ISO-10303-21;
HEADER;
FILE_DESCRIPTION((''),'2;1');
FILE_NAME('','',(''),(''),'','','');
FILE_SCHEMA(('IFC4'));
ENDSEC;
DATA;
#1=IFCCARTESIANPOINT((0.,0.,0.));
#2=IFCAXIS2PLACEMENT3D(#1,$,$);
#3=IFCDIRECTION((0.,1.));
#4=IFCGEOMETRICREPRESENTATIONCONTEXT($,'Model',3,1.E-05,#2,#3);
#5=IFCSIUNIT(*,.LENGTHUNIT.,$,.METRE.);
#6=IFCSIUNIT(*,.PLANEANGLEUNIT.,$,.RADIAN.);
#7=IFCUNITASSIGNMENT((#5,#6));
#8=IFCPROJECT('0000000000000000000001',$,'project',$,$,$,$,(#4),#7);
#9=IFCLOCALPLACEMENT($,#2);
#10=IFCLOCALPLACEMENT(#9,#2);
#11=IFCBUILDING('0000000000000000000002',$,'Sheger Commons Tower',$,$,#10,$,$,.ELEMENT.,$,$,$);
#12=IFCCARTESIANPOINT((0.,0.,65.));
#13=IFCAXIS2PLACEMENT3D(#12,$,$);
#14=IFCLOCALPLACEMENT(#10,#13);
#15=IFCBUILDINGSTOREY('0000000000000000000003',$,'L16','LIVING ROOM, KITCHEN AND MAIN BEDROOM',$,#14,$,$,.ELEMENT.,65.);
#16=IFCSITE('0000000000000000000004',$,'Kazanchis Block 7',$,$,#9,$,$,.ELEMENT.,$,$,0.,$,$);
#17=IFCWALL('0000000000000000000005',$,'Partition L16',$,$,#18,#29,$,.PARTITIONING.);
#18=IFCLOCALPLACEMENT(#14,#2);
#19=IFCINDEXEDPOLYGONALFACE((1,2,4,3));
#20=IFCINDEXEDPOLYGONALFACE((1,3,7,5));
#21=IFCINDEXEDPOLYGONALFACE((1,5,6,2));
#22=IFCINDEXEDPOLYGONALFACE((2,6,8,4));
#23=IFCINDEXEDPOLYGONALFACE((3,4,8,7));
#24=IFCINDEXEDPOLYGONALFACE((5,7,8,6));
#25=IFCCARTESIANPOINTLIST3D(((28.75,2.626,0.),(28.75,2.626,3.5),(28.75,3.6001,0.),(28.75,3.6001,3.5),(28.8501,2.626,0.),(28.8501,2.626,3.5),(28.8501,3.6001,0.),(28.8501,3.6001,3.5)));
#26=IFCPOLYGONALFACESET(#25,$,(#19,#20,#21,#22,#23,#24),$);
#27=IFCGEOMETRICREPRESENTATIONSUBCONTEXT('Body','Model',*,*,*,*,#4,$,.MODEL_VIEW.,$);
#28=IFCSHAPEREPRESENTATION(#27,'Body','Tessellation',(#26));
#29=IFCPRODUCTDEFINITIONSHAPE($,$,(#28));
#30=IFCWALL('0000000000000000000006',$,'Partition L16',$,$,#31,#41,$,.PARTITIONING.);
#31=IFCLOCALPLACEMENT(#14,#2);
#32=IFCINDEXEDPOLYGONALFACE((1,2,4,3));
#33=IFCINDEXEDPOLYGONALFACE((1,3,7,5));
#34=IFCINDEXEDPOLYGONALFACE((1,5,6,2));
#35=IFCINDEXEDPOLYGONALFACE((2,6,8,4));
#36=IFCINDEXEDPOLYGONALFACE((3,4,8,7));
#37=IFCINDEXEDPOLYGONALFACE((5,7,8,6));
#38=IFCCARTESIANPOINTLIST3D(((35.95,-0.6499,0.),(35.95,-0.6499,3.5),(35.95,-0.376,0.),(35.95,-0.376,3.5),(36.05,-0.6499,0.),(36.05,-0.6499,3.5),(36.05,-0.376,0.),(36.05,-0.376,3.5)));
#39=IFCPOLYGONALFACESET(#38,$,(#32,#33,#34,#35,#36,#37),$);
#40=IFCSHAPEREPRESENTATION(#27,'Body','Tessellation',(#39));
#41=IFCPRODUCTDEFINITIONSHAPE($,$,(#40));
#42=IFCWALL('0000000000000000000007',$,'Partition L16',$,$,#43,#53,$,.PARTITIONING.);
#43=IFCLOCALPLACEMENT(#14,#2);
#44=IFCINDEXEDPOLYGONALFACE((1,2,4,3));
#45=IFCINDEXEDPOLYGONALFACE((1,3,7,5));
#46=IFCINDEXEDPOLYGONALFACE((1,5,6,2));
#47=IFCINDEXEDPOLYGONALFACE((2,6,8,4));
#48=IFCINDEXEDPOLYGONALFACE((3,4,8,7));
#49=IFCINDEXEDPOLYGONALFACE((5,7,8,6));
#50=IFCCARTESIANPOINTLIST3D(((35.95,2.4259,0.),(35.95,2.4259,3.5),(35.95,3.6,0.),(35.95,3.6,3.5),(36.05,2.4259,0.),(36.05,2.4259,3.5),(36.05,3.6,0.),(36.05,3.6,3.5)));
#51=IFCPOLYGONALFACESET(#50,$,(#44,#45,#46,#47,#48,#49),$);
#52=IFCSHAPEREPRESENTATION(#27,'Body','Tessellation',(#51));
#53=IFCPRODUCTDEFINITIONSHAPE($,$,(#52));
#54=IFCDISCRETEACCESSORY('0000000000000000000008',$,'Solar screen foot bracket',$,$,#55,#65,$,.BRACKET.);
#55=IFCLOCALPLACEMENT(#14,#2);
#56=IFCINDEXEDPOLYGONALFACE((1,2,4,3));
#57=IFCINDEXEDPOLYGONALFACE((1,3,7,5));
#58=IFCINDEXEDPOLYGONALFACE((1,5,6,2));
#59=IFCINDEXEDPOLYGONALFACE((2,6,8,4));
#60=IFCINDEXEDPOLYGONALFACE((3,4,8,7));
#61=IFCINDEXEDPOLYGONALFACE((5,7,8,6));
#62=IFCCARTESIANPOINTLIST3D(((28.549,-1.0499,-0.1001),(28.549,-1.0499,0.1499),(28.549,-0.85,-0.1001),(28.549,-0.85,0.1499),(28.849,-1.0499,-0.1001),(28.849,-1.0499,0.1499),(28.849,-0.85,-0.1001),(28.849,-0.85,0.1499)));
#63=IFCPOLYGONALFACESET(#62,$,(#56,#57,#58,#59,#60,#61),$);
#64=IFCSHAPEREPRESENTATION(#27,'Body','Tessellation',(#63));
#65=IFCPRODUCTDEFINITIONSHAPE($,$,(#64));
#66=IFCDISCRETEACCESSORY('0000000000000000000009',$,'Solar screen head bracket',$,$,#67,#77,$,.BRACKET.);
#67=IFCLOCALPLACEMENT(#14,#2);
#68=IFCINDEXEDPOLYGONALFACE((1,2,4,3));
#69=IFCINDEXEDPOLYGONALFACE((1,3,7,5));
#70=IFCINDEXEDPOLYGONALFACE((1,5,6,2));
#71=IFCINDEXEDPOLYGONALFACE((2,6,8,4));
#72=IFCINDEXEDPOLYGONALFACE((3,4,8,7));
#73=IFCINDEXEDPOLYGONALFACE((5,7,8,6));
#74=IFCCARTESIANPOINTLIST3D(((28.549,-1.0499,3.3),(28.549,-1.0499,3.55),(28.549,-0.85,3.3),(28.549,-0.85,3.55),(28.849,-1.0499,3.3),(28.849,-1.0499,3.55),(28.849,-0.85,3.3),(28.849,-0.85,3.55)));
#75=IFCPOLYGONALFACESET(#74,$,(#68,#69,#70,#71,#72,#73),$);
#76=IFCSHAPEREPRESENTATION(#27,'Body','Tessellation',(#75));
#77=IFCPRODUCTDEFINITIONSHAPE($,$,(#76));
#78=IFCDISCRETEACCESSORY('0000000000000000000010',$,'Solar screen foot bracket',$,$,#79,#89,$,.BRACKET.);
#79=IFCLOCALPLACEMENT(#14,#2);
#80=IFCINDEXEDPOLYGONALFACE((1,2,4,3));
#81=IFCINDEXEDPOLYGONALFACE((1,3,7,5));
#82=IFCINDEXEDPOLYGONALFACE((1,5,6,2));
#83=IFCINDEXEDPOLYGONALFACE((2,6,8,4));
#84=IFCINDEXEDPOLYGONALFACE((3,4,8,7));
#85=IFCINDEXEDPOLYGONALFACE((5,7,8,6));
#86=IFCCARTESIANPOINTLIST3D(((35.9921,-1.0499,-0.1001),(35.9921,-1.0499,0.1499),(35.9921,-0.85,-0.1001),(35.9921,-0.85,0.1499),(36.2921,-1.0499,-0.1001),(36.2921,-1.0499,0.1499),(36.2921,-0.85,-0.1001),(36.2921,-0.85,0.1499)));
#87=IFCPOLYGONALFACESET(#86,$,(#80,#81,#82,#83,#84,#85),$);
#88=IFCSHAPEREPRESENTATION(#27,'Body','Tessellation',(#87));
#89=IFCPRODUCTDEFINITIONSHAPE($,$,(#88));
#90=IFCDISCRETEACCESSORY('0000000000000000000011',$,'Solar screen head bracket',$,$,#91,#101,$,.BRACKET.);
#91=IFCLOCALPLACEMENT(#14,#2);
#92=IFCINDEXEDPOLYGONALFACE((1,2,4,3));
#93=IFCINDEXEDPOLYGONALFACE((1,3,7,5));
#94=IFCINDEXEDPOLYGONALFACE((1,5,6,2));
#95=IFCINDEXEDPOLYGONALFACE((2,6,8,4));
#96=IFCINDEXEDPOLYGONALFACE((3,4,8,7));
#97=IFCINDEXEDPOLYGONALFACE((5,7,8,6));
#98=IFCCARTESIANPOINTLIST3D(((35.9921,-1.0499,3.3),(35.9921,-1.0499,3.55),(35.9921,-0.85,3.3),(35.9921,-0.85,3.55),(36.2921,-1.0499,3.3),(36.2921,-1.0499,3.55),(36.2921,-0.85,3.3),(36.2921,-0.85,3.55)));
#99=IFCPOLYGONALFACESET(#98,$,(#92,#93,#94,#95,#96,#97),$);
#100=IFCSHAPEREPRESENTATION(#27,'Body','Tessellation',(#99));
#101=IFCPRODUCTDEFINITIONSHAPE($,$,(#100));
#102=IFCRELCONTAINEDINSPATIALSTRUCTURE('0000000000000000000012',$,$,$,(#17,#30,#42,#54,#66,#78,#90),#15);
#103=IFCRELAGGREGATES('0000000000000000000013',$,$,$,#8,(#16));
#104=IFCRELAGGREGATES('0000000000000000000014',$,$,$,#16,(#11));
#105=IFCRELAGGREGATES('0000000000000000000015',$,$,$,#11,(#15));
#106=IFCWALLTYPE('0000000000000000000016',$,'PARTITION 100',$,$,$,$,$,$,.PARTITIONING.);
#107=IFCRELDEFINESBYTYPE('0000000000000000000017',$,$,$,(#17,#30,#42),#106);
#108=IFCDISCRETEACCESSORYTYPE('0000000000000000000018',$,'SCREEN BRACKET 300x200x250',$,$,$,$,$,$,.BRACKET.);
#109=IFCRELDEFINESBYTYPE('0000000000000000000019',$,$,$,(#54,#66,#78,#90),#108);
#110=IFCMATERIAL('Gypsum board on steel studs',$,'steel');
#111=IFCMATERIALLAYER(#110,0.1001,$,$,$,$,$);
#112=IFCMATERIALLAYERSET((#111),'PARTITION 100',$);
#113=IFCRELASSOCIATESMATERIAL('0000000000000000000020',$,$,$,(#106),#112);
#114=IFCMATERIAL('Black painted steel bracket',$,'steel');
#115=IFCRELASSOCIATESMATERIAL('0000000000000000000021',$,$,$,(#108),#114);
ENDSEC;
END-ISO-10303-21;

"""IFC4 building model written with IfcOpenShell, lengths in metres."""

from ifc_helpers import new_model, si_unit, direction, frame, frame_2d, origin, origin_2d, place, context, subcontext, project, spatial, rectangle, extrude, material, layer, layer_set, type_object, element, save


model = new_model("IFC4")

# Units and contexts
model_context = context("Model", 3, precision=1e-05, world=origin(), true_north=direction((0.0, 1.0)))
body_context = subcontext(model_context, "Body", "Model", "MODEL_VIEW")
ifc_project = project(units=[si_unit("LENGTHUNIT", "METRE"), si_unit("PLANEANGLEUNIT", "RADIAN")], contexts=[model_context])

# Site, building, storey
site_placement = place(None, origin())
site = spatial("IfcSite", under=ifc_project, at=site_placement, Name="Kazanchis Block 7", CompositionType="ELEMENT", RefElevation=0.0)
building_placement = place(site_placement, origin())
building = spatial("IfcBuilding", under=site, at=building_placement, Name="Sheger Commons Tower", CompositionType="ELEMENT")
storey_placement = place(building_placement, frame((0.0, 0.0, 65.0)))
storey = spatial("IfcBuildingStorey", under=building, at=storey_placement, Name="L16", Description="LIVING ROOM, KITCHEN AND MAIN BEDROOM", CompositionType="ELEMENT", Elevation=65.0)

# Shared definitions
ifc_material_1 = material(Name="Gypsum board on steel studs", Category="steel")
ifc_layer_1 = layer(ifc_material_1, 0.1001)
ifc_layer_set_1 = layer_set([ifc_layer_1], Name="PARTITION 100")
wall_type_1 = type_object("IfcWallType", Name="PARTITION 100", PredefinedType="PARTITIONING", material=ifc_layer_set_1)

# Walls
wall_1_placement = place(storey_placement, frame((28.8, 2.626, 0.0), z_axis=(0.0, 0.0, 1.0), x_axis=(0.0, 1.0, 0.0)))
element("IfcWall", 1, at=wall_1_placement, inside=storey, type_object=wall_type_1, Name="Partition L16", PredefinedType="PARTITIONING", context=body_context, shape_type="SweptSolid", body=[
    extrude(rectangle(XDim=0.9741, YDim=0.1001, at=frame_2d((0.4871, 0.0))), origin(), (0.0, 0.0, 1.0), 3.5),
])
wall_2_placement = place(storey_placement, frame((36.0, -0.6499, 0.0), z_axis=(0.0, 0.0, 1.0), x_axis=(0.0, 1.0, 0.0)))
element("IfcWall", 2, at=wall_2_placement, inside=storey, type_object=wall_type_1, Name="Partition L16", PredefinedType="PARTITIONING", context=body_context, shape_type="SweptSolid", body=[
    extrude(rectangle(XDim=0.2739, YDim=0.1001, at=frame_2d((0.137, 0.0))), origin(), (0.0, 0.0, 1.0), 3.5),
])
wall_3_placement = place(storey_placement, frame((36.0, 2.426, 0.0), z_axis=(0.0, 0.0, 1.0), x_axis=(0.0, 1.0, 0.0)))
element("IfcWall", 3, at=wall_3_placement, inside=storey, type_object=wall_type_1, Name="Partition L16", PredefinedType="PARTITIONING", context=body_context, shape_type="SweptSolid", body=[
    extrude(rectangle(XDim=1.1741, YDim=0.1001, at=frame_2d((0.5869, 0.0))), origin(), (0.0, 0.0, 1.0), 3.5),
])

# Discrete accessories
ifc_material_2 = material(Name="Black painted steel bracket", Category="steel")
discrete_accessory_type = type_object("IfcDiscreteAccessoryType", Name="SCREEN BRACKET 300x200x250", PredefinedType="BRACKET", material=ifc_material_2)
for number, where, z_axis, x_axis, name in (
    (4, (28.699, -0.95, -0.1001), (0.0, 0.0, 1.0), (1.0, 0.0, 0.0), "Solar screen foot bracket"),
    (5, (28.699, -0.95, 3.3), (0.0, 0.0, 1.0), (1.0, 0.0, 0.0), "Solar screen head bracket"),
    (6, (36.1421, -0.95, -0.1001), (0.0, 0.0, 1.0), (1.0, 0.0, 0.0), "Solar screen foot bracket"),
    (7, (36.1421, -0.95, 3.3), (0.0, 0.0, 1.0), (1.0, 0.0, 0.0), "Solar screen head bracket"),
):
    element("IfcDiscreteAccessory", number, at=place(storey_placement, frame(where, z_axis=z_axis, x_axis=x_axis)), inside=storey, type_object=discrete_accessory_type, Name=name, PredefinedType="BRACKET", context=body_context, shape_type="SweptSolid", body=[
        extrude(rectangle(XDim=0.3, YDim=0.2, at=origin_2d()), origin(), (0.0, 0.0, 1.0), 0.25),
    ])

save(model, "model.ifc")
